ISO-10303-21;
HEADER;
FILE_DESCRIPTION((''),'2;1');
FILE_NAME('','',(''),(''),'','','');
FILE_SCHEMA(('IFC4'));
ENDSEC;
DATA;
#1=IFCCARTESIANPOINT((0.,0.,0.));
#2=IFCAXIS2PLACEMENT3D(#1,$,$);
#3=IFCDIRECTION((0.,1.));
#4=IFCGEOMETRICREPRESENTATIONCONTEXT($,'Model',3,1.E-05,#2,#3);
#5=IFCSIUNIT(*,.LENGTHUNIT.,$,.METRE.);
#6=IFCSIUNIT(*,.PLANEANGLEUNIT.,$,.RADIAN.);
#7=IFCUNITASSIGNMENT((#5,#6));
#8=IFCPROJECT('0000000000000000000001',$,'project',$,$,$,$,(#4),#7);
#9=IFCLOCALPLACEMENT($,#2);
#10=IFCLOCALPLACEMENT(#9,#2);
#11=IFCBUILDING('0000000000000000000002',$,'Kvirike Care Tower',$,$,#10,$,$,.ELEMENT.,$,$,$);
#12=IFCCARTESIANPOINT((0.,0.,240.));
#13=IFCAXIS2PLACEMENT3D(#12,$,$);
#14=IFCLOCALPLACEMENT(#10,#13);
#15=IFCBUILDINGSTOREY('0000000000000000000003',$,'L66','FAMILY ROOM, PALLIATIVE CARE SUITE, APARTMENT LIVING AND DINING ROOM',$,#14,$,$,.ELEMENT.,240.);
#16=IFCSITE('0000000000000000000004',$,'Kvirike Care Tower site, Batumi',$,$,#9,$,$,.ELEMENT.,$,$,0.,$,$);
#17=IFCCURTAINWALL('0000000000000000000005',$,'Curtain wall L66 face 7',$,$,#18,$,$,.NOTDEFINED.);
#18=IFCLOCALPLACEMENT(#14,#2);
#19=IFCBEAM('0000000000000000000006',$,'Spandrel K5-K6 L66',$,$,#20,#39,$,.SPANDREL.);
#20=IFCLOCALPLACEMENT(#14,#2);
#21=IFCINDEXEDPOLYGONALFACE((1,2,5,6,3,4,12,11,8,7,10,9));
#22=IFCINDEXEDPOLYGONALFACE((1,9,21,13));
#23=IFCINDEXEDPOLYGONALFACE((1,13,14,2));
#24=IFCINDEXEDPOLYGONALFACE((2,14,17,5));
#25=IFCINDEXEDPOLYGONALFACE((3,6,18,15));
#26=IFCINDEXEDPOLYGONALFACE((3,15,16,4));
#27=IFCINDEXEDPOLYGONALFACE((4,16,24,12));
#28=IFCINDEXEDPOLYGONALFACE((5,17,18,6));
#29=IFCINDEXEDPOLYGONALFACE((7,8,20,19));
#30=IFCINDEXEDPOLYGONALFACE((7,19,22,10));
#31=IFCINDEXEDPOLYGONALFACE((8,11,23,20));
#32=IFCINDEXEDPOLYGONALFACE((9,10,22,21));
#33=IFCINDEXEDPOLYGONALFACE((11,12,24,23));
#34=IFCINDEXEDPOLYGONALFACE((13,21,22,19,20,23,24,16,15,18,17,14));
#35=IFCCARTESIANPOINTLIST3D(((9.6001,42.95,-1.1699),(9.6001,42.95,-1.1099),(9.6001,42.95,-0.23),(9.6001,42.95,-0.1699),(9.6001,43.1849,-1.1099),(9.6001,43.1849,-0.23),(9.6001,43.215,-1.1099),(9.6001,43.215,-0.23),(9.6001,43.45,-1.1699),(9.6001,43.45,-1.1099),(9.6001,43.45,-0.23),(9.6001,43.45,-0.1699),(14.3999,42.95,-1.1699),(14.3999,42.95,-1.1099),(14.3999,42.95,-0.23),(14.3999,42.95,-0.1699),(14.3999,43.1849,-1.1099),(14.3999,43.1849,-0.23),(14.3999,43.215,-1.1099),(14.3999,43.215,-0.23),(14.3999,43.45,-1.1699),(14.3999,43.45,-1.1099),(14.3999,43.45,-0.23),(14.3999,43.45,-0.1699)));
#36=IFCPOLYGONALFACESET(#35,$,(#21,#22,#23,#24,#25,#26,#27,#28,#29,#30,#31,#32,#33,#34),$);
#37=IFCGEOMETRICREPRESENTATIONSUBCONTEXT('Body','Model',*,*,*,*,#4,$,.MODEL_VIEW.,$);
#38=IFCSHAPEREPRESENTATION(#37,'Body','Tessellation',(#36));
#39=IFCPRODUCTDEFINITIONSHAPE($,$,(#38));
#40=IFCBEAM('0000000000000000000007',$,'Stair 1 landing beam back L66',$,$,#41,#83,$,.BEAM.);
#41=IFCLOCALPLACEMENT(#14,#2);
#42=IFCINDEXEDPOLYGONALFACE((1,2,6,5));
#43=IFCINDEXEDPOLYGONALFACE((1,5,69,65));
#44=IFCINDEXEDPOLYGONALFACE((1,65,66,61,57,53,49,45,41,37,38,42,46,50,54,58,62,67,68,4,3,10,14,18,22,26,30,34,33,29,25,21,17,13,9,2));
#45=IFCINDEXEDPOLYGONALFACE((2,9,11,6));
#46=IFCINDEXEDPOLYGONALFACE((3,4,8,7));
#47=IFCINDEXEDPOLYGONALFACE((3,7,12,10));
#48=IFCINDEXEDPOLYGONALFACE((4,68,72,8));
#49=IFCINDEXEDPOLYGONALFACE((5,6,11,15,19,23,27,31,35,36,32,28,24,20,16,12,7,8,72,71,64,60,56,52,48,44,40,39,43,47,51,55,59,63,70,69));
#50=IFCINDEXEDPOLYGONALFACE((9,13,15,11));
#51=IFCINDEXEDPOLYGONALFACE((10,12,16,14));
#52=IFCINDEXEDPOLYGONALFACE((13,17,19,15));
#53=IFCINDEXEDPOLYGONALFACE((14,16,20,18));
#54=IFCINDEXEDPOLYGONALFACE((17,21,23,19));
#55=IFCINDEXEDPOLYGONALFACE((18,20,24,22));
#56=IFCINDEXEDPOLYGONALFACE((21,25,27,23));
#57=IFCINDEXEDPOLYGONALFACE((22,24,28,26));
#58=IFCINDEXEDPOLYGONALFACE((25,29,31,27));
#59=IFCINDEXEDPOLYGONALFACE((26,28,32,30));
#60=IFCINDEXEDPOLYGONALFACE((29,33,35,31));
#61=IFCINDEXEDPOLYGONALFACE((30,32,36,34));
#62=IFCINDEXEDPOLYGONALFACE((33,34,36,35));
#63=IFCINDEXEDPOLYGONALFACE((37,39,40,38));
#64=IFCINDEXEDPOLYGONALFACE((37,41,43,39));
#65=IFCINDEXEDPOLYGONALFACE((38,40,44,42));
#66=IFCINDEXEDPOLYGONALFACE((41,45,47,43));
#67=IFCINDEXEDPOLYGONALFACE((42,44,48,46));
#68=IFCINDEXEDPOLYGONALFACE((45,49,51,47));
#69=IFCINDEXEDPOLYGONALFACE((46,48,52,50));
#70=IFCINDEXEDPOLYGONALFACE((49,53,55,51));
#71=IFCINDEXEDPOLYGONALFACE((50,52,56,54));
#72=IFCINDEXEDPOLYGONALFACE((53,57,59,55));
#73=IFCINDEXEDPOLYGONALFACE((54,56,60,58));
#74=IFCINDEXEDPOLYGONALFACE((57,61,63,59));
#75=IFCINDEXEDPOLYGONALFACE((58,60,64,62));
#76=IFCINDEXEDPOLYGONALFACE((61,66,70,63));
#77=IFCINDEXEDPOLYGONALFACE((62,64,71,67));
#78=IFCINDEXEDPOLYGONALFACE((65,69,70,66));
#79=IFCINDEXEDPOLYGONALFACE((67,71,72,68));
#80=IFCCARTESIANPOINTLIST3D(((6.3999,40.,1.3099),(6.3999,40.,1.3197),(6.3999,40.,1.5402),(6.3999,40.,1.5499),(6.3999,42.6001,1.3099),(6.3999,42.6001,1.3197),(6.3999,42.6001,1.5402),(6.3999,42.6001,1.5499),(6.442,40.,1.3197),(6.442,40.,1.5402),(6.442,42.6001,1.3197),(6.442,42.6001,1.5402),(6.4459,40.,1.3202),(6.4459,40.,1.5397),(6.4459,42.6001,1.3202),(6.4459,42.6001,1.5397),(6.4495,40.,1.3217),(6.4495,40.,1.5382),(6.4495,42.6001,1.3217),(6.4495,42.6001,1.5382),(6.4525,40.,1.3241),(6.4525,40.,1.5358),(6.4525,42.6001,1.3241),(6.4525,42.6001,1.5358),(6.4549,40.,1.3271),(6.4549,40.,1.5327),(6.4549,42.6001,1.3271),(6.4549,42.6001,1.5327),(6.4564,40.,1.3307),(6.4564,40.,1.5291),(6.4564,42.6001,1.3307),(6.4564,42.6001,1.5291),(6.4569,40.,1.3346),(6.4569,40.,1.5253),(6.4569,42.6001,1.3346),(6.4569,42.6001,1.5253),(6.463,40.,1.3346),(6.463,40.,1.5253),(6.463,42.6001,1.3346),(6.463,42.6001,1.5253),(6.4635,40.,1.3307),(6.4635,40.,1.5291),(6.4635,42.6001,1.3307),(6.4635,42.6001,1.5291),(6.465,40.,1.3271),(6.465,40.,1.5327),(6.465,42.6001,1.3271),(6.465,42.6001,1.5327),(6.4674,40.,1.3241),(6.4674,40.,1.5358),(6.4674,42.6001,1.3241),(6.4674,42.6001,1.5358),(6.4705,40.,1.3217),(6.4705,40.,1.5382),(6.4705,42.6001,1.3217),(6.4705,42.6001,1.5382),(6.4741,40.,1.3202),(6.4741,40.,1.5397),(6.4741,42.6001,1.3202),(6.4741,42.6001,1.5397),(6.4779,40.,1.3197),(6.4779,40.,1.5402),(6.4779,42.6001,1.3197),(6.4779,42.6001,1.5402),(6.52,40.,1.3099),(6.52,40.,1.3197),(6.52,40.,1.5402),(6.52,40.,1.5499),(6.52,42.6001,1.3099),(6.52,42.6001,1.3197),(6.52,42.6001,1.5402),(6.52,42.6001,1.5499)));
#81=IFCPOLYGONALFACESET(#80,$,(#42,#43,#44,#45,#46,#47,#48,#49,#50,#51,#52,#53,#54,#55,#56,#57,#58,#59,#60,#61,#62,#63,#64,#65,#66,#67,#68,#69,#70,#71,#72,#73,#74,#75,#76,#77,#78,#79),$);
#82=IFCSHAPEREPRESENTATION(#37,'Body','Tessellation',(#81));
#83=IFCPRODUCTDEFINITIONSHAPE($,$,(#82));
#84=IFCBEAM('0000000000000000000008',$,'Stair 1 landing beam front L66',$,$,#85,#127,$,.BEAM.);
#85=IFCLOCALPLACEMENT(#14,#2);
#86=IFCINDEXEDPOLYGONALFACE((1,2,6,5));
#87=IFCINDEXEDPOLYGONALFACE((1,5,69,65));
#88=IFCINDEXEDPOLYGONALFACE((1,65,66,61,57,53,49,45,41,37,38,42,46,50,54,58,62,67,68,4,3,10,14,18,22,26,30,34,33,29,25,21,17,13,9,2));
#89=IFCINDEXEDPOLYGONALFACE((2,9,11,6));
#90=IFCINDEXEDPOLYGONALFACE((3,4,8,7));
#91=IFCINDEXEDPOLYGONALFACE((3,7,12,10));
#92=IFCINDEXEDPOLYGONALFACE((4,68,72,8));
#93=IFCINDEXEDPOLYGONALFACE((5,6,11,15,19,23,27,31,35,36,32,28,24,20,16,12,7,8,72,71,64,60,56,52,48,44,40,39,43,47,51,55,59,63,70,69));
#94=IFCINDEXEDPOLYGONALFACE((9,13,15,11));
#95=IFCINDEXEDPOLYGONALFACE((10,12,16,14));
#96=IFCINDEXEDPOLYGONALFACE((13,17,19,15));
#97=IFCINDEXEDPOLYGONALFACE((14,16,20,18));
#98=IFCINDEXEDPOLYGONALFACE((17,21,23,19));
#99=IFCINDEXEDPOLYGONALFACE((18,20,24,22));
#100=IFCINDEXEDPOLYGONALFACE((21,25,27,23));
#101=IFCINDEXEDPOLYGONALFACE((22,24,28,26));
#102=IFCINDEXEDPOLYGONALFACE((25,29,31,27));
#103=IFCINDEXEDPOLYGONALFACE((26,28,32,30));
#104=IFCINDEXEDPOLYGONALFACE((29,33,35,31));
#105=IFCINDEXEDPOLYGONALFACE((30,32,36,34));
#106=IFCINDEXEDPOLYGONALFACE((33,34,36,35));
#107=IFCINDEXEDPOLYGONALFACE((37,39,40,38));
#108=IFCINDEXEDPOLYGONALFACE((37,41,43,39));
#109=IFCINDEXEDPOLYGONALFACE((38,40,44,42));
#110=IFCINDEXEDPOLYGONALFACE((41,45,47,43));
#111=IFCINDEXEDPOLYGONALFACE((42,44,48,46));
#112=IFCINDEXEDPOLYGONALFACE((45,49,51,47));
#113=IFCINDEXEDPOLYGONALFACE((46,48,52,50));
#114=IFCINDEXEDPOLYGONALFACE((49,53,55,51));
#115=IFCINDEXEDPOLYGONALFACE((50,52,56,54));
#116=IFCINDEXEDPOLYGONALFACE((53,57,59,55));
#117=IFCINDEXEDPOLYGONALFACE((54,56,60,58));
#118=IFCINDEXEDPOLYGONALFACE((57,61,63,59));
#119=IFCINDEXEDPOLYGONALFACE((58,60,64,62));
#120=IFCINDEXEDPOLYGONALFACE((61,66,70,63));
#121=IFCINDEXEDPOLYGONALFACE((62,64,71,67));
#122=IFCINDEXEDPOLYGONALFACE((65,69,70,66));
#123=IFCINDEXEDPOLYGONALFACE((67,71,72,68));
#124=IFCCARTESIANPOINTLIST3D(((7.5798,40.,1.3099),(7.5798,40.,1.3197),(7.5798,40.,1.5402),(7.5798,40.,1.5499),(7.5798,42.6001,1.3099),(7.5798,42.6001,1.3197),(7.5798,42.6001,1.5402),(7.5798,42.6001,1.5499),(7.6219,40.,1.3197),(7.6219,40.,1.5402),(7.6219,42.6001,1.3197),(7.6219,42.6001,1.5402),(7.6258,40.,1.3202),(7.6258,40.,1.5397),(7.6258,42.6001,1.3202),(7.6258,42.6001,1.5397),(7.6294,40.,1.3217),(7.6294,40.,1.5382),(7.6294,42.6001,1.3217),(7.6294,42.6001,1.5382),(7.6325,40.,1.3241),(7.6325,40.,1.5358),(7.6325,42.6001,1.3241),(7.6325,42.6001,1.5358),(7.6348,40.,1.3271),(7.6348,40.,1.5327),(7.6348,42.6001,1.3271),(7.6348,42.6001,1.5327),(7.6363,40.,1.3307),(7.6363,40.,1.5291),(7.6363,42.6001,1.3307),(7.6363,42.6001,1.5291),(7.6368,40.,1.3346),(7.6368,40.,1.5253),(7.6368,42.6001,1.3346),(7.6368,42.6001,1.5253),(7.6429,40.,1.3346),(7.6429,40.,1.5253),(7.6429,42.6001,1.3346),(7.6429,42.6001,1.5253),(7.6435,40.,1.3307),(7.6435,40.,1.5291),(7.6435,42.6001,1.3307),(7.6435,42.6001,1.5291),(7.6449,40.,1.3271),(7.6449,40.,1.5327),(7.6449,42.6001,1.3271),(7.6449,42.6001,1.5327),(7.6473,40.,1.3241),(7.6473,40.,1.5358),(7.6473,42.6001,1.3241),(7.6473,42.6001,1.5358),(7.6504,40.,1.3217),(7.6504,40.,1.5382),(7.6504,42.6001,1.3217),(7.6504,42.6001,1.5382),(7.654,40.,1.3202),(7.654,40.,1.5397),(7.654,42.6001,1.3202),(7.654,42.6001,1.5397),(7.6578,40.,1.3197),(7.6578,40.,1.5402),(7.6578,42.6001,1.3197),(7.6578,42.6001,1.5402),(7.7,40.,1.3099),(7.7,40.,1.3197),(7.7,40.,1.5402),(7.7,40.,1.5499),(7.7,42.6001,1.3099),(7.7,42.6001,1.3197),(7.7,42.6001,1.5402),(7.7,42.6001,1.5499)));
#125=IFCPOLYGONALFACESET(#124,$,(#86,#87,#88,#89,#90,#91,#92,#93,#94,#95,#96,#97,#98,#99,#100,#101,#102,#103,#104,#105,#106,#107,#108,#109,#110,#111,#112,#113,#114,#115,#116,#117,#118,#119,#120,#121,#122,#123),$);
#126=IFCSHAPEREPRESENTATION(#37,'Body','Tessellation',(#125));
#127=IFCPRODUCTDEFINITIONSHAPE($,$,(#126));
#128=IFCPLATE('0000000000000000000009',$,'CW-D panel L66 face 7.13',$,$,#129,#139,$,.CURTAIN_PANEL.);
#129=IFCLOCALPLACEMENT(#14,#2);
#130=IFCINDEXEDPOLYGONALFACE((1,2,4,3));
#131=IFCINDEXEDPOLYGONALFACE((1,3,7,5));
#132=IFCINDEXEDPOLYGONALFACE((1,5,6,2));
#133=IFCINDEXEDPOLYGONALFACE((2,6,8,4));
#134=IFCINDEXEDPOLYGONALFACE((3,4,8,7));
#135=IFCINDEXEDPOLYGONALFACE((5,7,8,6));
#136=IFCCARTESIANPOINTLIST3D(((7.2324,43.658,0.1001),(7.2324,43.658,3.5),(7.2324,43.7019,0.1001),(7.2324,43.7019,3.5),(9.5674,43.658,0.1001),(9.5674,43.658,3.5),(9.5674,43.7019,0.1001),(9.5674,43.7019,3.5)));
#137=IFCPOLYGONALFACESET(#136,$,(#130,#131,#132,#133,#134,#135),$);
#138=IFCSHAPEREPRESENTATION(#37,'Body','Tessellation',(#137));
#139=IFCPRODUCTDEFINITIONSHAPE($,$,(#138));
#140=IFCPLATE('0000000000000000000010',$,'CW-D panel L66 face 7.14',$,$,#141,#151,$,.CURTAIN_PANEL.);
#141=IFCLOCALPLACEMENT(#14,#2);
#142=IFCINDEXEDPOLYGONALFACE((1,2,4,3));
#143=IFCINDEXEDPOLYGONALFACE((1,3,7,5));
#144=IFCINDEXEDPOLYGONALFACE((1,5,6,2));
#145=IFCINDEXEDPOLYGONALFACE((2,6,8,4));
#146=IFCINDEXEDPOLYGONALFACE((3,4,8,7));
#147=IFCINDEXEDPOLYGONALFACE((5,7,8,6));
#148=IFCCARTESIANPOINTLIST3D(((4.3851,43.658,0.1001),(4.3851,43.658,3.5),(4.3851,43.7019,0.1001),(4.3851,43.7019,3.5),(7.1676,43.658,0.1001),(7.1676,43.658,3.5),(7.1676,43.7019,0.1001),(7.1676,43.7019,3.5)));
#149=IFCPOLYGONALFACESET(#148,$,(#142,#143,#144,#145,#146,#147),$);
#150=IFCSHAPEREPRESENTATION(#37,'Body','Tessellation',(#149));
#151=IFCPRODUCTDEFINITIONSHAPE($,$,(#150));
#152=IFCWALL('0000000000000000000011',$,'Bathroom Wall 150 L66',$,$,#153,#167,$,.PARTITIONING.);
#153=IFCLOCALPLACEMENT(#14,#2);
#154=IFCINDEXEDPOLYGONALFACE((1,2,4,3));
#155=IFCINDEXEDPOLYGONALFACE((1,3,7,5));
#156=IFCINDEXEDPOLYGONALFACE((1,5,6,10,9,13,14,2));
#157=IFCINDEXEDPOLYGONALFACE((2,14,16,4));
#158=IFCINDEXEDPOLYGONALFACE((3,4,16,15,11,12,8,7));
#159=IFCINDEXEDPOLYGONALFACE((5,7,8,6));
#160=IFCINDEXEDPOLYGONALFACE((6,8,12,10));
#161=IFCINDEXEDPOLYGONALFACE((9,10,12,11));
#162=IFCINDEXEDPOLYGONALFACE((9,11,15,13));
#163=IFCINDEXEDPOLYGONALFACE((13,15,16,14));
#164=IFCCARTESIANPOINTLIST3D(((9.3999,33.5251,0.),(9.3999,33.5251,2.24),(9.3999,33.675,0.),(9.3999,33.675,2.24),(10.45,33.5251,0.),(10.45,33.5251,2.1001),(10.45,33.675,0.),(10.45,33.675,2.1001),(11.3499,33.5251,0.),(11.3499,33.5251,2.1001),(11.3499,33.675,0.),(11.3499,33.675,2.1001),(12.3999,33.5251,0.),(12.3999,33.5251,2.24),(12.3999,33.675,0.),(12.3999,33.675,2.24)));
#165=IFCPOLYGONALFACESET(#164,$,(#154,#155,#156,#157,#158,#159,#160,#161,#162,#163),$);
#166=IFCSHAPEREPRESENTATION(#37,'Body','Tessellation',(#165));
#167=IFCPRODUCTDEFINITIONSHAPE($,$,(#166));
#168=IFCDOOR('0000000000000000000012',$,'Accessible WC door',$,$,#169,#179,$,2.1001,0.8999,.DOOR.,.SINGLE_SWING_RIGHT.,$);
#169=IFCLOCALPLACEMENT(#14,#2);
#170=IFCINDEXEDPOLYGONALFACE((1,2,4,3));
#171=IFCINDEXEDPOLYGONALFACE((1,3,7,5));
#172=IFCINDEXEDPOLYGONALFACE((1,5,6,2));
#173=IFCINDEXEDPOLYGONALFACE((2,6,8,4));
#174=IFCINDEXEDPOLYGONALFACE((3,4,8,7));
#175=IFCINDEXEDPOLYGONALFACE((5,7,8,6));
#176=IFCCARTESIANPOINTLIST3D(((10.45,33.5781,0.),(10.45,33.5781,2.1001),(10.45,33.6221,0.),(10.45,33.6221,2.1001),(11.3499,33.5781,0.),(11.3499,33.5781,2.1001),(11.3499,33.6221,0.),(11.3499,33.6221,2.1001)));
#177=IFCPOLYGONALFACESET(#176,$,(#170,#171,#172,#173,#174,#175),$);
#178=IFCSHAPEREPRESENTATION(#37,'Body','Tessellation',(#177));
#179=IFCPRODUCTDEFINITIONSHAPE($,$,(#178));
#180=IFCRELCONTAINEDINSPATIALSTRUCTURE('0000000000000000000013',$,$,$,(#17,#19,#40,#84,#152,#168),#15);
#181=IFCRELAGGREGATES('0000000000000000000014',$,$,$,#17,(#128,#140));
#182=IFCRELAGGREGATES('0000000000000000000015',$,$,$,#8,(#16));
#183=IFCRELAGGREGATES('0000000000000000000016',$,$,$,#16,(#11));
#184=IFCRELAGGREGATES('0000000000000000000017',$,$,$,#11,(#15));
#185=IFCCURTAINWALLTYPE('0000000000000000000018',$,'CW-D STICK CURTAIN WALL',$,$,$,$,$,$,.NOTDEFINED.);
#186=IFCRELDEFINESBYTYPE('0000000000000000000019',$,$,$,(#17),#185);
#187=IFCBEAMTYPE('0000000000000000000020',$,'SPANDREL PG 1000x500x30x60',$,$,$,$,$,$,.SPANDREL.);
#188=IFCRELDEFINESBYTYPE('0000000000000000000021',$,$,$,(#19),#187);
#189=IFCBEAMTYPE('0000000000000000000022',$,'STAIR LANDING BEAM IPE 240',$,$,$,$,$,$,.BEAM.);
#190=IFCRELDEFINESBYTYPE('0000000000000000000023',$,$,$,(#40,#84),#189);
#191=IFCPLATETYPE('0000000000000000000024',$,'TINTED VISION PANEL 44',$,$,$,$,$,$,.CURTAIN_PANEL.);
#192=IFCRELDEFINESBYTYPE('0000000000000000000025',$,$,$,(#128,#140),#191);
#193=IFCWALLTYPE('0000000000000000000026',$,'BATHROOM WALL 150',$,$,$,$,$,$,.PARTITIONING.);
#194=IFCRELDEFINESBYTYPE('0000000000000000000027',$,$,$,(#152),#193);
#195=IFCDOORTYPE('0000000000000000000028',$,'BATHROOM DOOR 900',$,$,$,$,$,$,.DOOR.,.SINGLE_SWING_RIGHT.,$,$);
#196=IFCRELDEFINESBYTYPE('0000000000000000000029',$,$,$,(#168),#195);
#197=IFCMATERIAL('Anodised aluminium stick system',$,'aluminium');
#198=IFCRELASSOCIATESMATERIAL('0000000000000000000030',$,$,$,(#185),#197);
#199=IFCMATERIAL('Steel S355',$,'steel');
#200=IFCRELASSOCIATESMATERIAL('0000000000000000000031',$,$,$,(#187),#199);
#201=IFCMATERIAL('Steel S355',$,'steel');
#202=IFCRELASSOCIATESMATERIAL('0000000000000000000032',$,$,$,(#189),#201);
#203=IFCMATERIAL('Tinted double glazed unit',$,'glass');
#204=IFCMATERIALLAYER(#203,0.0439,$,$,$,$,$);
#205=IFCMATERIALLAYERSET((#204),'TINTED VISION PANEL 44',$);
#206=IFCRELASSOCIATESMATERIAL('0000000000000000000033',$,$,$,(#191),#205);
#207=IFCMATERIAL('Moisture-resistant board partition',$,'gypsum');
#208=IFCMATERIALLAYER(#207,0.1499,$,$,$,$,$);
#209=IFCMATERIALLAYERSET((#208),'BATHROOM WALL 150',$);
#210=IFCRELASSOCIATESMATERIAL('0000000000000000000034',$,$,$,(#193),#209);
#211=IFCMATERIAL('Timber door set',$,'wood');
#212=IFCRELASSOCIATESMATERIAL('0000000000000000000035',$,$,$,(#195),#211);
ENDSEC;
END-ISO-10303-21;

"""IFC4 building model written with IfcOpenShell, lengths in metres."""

from ifc_helpers import new_model, si_unit, direction, frame, frame_2d, origin, origin_2d, place, context, subcontext, project, spatial, rectangle, i_section, extrude, material, layer, layer_set, material_profile, profile_set, type_object, element, fill, aggregate, save


model = new_model("IFC4")

# Units and contexts
model_context = context("Model", 3, precision=1e-05, world=origin(), true_north=direction((0.0, 1.0)))
body_context = subcontext(model_context, "Body", "Model", "MODEL_VIEW")
ifc_project = project(units=[si_unit("LENGTHUNIT", "METRE"), si_unit("PLANEANGLEUNIT", "RADIAN")], contexts=[model_context])

# Site, building, storey
site_placement = place(None, origin())
site = spatial("IfcSite", under=ifc_project, at=site_placement, Name="Kvirike Care Tower site, Batumi", CompositionType="ELEMENT", RefElevation=0.0)
building_placement = place(site_placement, origin())
building = spatial("IfcBuilding", under=site, at=building_placement, Name="Kvirike Care Tower", CompositionType="ELEMENT")
storey_placement = place(building_placement, frame((0.0, 0.0, 240.0)))
storey = spatial("IfcBuildingStorey", under=building, at=storey_placement, Name="L66", Description="FAMILY ROOM, PALLIATIVE CARE SUITE, APARTMENT LIVING AND DINING ROOM", CompositionType="ELEMENT", Elevation=240.0)

# Curtain wall
ifc_material_1 = material(Name="Anodised aluminium stick system", Category="aluminium")
curtain_wall_type = type_object("IfcCurtainWallType", Name="CW-D STICK CURTAIN WALL", PredefinedType="NOTDEFINED", material=ifc_material_1)
curtain_wall_placement = place(storey_placement, origin())
curtain_wall = element("IfcCurtainWall", 1, at=curtain_wall_placement, inside=storey, type_object=curtain_wall_type, Name="Curtain wall L66 face 7", PredefinedType="NOTDEFINED")

# Beams
ifc_material_2 = material(Name="Steel S355", Category="steel")
ifc_material_profile_1 = material_profile(ifc_material_2, i_section(OverallWidth=0.5, OverallDepth=1.0, WebThickness=0.03, FlangeThickness=0.0601, at=origin_2d()), Name="PG 1000x500x30x60")
ifc_profile_set_1 = profile_set([ifc_material_profile_1], Name="Steel S355")
beam_type_1 = type_object("IfcBeamType", Name="SPANDREL PG 1000x500x30x60", PredefinedType="SPANDREL", material=ifc_profile_set_1)
beam_placement = place(storey_placement, frame((9.6001, 43.2, -0.6699), z_axis=(1.0, 0.0, 0.0), x_axis=(0.0, 1.0, 0.0)))
element("IfcBeam", 2, at=beam_placement, inside=storey, type_object=beam_type_1, Name="Spandrel K5-K6 L66", PredefinedType="SPANDREL", context=body_context, shape_type="SweptSolid", body=[
    extrude(i_section(OverallWidth=0.5, OverallDepth=1.0, WebThickness=0.03, FlangeThickness=0.0601, at=origin_2d()), origin(), (0.0, 0.0, 1.0), 4.7998),
])
ifc_material_3 = material(Name="Steel S355", Category="steel")
ifc_material_profile_2 = material_profile(ifc_material_3, i_section(OverallWidth=0.1201, OverallDepth=0.24, WebThickness=0.0061, FlangeThickness=0.0098, FilletRadius=0.0149, at=origin_2d()), Name="IPE 240")
ifc_profile_set_2 = profile_set([ifc_material_profile_2], Name="Steel S355")
beam_type_2 = type_object("IfcBeamType", Name="STAIR LANDING BEAM IPE 240", PredefinedType="BEAM", material=ifc_profile_set_2)
for number, where, z_axis, x_axis, name in (
    (3, (6.46, 42.6001, 1.4299), (0.0, -1.0, 0.0), (1.0, 0.0, 0.0), "Stair 1 landing beam back L66"),
    (4, (7.6399, 42.6001, 1.4299), (0.0, -1.0, 0.0), (1.0, 0.0, 0.0), "Stair 1 landing beam front L66"),
):
    element("IfcBeam", number, at=place(storey_placement, frame(where, z_axis=z_axis, x_axis=x_axis)), inside=storey, type_object=beam_type_2, Name=name, PredefinedType="BEAM", context=body_context, shape_type="SweptSolid", body=[
        extrude(i_section(OverallWidth=0.1201, OverallDepth=0.24, WebThickness=0.0061, FlangeThickness=0.0098, FilletRadius=0.0149, at=origin_2d()), origin(), (0.0, 0.0, 1.0), 2.6001),
    ])

# Plates
ifc_material_4 = material(Name="Tinted double glazed unit", Category="glass")
ifc_layer_1 = layer(ifc_material_4, 0.0439)
ifc_layer_set_1 = layer_set([ifc_layer_1], Name="TINTED VISION PANEL 44")
plate_type = type_object("IfcPlateType", Name="TINTED VISION PANEL 44", PredefinedType="CURTAIN_PANEL", material=ifc_layer_set_1)
plate_1_placement = place(storey_placement, frame((8.3999, 43.6799, 0.1001), z_axis=(0.0, 0.0, 1.0), x_axis=(-1.0, 0.0, 0.0)))
plate_1 = element("IfcPlate", 5, at=plate_1_placement, type_object=plate_type, Name="CW-D panel L66 face 7.13", PredefinedType="CURTAIN_PANEL", context=body_context, shape_type="SweptSolid", body=[
    extrude(rectangle(XDim=2.335, YDim=0.0439, at=origin_2d()), origin(), (0.0, 0.0, 1.0), 3.3999),
])
plate_2_placement = place(storey_placement, frame((5.7764, 43.6799, 0.1001), z_axis=(0.0, 0.0, 1.0), x_axis=(-1.0, 0.0, 0.0)))
plate_2 = element("IfcPlate", 6, at=plate_2_placement, type_object=plate_type, Name="CW-D panel L66 face 7.14", PredefinedType="CURTAIN_PANEL", context=body_context, shape_type="SweptSolid", body=[
    extrude(rectangle(XDim=2.7825, YDim=0.0439, at=origin_2d()), origin(), (0.0, 0.0, 1.0), 3.3999),
])
aggregate(curtain_wall, [plate_1, plate_2])

# Wall, opening, door
ifc_material_5 = material(Name="Moisture-resistant board partition", Category="gypsum")
ifc_layer_2 = layer(ifc_material_5, 0.1499)
ifc_layer_set_2 = layer_set([ifc_layer_2], Name="BATHROOM WALL 150")
wall_type_1 = type_object("IfcWallType", Name="BATHROOM WALL 150", PredefinedType="PARTITIONING", material=ifc_layer_set_2)
wall_1_placement = place(storey_placement, frame((9.3999, 33.6001, 0.0), z_axis=(0.0, 0.0, 1.0), x_axis=(1.0, 0.0, 0.0)))
wall_1 = element("IfcWall", 7, at=wall_1_placement, inside=storey, type_object=wall_type_1, Name="Bathroom Wall 150 L66", PredefinedType="PARTITIONING", context=body_context, shape_type="SweptSolid", body=[
    extrude(rectangle(XDim=3.0, YDim=0.1499, at=frame_2d((1.5, 0.0))), origin(), (0.0, 0.0, 1.0), 2.24),
])
opening_1_placement = place(wall_1_placement, frame((1.05, 0.0, 0.0)))
opening_1 = element("IfcOpeningElement", 8, at=opening_1_placement, cuts=wall_1, PredefinedType="OPENING", context=body_context, shape_type="SweptSolid", body=[
    extrude(rectangle(XDim=0.8999, YDim=2.1001, at=frame_2d((0.45, 1.05))), frame((0.0, 0.0854, 0.0), z_axis=(0.0, -1.0, 0.0), x_axis=(1.0, 0.0, 0.0)), (0.0, 0.0, 1.0), 0.1709),
])
ifc_material_6 = material(Name="Timber door set", Category="wood")
door_type_1 = type_object("IfcDoorType", Name="BATHROOM DOOR 900", OperationType="SINGLE_SWING_RIGHT", PredefinedType="DOOR", material=ifc_material_6)
door_1_placement = place(opening_1_placement, frame((0.8999, 0.0, 0.0), z_axis=(0.0, 0.0, 1.0), x_axis=(-1.0, 0.0, 0.0)))
door_1 = element("IfcDoor", 9, at=door_1_placement, inside=storey, type_object=door_type_1, Name="Accessible WC door", OperationType="SINGLE_SWING_RIGHT", OverallHeight=2.1001, OverallWidth=0.8999, PredefinedType="DOOR", context=body_context, shape_type="SweptSolid", body=[
    extrude(rectangle(XDim=0.8999, YDim=2.1001, at=frame_2d((0.45, 1.05))), frame((0.0, 0.022, 0.0), z_axis=(0.0, -1.0, 0.0), x_axis=(1.0, 0.0, 0.0)), (0.0, 0.0, 1.0), 0.0439),
])
fill(opening_1, door_1)

save(model, "model.ifc")
